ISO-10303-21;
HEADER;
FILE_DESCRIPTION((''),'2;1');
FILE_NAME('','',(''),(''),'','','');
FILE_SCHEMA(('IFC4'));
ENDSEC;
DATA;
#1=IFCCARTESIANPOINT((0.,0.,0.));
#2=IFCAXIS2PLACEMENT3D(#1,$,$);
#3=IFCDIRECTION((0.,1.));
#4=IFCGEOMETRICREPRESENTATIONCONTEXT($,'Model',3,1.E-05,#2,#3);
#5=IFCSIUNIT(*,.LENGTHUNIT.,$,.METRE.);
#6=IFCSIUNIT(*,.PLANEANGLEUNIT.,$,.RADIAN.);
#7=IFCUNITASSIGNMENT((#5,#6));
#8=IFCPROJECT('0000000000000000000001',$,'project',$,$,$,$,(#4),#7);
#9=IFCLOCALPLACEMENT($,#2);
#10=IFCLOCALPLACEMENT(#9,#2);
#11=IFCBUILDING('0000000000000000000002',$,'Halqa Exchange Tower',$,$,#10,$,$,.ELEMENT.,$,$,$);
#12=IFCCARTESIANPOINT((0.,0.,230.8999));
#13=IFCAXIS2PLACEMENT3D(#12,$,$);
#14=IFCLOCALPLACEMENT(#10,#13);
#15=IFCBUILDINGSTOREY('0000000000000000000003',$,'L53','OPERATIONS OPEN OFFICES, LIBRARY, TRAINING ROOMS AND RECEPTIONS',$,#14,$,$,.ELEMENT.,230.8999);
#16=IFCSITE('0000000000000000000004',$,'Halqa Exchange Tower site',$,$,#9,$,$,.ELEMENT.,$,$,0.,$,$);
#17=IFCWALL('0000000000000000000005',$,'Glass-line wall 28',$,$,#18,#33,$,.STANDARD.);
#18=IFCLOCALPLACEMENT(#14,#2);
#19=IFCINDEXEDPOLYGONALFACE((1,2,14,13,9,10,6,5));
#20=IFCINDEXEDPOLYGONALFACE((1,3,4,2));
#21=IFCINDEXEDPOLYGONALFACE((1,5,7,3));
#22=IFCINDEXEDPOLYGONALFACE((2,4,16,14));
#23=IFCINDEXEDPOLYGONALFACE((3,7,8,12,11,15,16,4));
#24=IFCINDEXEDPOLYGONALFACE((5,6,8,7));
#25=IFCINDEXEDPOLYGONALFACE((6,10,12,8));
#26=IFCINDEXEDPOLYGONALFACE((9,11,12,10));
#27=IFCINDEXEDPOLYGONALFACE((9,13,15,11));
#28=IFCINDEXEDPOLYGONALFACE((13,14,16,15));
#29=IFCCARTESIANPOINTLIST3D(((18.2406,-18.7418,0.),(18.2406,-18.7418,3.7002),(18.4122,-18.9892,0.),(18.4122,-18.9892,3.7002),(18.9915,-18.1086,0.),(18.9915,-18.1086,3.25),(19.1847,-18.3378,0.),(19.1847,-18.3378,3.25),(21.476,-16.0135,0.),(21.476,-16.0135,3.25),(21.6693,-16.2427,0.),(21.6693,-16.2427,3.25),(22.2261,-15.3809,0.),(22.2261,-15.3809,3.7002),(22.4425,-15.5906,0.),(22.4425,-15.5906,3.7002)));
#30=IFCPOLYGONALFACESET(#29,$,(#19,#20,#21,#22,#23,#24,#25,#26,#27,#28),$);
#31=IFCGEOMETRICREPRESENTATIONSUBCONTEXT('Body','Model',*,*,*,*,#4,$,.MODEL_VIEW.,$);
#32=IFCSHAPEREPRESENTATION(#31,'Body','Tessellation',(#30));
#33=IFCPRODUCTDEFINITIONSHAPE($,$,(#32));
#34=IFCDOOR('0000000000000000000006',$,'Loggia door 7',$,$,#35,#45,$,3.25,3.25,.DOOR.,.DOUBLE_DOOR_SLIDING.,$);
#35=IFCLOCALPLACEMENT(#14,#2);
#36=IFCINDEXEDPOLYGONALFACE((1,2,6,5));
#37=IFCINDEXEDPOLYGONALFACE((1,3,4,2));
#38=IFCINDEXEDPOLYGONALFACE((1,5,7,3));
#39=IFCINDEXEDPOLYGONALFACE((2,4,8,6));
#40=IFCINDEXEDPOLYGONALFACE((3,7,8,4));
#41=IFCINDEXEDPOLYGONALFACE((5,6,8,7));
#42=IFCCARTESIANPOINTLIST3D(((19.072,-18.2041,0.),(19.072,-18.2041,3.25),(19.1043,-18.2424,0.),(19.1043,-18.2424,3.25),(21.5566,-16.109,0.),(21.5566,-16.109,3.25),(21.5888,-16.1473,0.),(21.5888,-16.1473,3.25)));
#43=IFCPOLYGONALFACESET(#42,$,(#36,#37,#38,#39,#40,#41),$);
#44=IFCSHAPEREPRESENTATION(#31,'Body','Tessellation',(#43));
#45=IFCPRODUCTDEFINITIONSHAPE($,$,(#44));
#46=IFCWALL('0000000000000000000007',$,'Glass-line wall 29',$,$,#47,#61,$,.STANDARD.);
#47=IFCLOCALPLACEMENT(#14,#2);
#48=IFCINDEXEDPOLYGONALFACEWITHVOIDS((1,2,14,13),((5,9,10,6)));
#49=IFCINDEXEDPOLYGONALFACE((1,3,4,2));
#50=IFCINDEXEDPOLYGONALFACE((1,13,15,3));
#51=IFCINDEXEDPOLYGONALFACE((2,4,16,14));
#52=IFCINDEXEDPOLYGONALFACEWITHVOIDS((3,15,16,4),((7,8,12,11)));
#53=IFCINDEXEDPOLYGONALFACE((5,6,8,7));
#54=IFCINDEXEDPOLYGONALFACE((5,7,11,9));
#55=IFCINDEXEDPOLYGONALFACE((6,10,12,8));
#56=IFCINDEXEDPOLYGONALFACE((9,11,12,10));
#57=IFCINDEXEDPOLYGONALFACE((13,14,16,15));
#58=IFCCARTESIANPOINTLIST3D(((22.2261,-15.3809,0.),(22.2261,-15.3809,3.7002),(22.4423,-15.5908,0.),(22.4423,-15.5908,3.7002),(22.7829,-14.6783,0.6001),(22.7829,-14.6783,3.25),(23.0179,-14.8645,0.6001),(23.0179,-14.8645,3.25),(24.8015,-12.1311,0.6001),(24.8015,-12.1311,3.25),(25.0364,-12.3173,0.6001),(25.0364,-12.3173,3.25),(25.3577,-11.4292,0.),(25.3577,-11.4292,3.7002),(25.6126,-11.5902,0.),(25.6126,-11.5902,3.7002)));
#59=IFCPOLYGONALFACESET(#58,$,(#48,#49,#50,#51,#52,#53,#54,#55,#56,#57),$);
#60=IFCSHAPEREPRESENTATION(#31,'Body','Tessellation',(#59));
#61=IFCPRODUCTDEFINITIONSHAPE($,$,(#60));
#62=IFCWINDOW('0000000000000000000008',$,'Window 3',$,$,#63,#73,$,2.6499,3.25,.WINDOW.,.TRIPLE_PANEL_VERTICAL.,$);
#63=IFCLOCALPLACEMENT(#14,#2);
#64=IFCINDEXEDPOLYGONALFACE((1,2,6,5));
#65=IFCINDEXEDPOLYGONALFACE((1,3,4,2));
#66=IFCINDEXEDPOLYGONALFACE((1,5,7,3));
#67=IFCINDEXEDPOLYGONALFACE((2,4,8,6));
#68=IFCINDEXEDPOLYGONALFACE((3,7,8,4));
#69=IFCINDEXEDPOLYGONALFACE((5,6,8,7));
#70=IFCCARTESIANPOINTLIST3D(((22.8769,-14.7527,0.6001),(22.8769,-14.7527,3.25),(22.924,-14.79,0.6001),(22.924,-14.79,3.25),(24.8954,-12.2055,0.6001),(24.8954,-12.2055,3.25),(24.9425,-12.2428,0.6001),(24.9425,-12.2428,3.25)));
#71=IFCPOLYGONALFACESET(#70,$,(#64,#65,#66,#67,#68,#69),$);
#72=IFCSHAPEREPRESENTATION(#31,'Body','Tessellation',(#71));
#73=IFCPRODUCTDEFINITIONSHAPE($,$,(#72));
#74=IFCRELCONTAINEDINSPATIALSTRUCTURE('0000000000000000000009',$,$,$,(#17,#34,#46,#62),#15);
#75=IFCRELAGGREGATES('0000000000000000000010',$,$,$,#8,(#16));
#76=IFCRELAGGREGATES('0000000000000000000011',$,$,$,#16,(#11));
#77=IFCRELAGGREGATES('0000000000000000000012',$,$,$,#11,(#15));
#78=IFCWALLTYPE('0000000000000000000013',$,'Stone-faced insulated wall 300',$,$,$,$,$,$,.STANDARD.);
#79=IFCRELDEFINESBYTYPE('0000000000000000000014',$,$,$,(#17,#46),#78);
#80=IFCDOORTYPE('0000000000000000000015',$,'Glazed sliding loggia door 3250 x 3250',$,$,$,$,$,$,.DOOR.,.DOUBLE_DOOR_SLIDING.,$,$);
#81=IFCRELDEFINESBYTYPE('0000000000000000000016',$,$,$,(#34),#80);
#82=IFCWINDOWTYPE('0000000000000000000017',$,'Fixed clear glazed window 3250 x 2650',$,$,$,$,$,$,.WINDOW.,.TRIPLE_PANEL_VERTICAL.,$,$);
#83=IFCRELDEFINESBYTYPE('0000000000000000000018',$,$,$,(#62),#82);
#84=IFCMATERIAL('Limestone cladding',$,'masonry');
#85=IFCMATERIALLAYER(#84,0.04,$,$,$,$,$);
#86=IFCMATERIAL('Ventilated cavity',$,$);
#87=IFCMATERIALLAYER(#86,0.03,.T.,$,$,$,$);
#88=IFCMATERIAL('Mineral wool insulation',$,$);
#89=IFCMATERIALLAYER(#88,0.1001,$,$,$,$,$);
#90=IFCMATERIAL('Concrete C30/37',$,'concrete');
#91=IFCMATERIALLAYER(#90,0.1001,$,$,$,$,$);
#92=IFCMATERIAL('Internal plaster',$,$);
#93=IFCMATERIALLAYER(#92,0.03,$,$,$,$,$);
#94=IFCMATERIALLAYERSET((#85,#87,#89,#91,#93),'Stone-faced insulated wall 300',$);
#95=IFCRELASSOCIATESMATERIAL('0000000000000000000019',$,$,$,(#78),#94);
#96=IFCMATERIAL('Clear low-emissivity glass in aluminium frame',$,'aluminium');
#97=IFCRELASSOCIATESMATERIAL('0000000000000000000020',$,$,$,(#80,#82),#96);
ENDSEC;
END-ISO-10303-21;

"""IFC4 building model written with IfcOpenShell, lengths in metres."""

from ifc_helpers import new_model, si_unit, direction, frame, frame_2d, origin, place, context, subcontext, project, spatial, polyline, rectangle, outline, extrude, material, layer, layer_set, type_object, element, fill, save


model = new_model("IFC4")

# Units and contexts
model_context = context("Model", 3, precision=1e-05, world=origin(), true_north=direction((0.0, 1.0)))
body_context = subcontext(model_context, "Body", "Model", "MODEL_VIEW")
ifc_project = project(units=[si_unit("LENGTHUNIT", "METRE"), si_unit("PLANEANGLEUNIT", "RADIAN")], contexts=[model_context])

# Site, building, storey
site_placement = place(None, origin())
site = spatial("IfcSite", under=ifc_project, at=site_placement, Name="Halqa Exchange Tower site", CompositionType="ELEMENT", RefElevation=0.0)
building_placement = place(site_placement, origin())
building = spatial("IfcBuilding", under=site, at=building_placement, Name="Halqa Exchange Tower", CompositionType="ELEMENT")
storey_placement = place(building_placement, frame((0.0, 0.0, 230.8999)))
storey = spatial("IfcBuildingStorey", under=building, at=storey_placement, Name="L53", Description="OPERATIONS OPEN OFFICES, LIBRARY, TRAINING ROOMS AND RECEPTIONS", CompositionType="ELEMENT", Elevation=230.8999)

# Wall, opening, door
ifc_material_1 = material(Name="Limestone cladding", Category="masonry")
ifc_layer_1 = layer(ifc_material_1, 0.04)
ifc_material_2 = material(Name="Ventilated cavity")
ifc_layer_2 = layer(ifc_material_2, 0.03, ventilated=True)
ifc_material_3 = material(Name="Mineral wool insulation")
ifc_layer_3 = layer(ifc_material_3, 0.1001)
ifc_material_4 = material(Name="Concrete C30/37", Category="concrete")
ifc_layer_4 = layer(ifc_material_4, 0.1001)
ifc_material_5 = material(Name="Internal plaster")
ifc_layer_5 = layer(ifc_material_5, 0.03)
ifc_layer_set_1 = layer_set([ifc_layer_1, ifc_layer_2, ifc_layer_3, ifc_layer_4, ifc_layer_5], Name="Stone-faced insulated wall 300")
wall_type_1 = type_object("IfcWallType", Name="Stone-faced insulated wall 300", PredefinedType="STANDARD", material=ifc_layer_set_1)
wall_1_placement = place(storey_placement, frame((18.3264, -18.8655, 0.0), z_axis=(0.0, 0.0, 1.0), x_axis=(0.764475, 0.644653, 0.0)))
wall_1 = element("IfcWall", 1, at=wall_1_placement, inside=storey, type_object=wall_type_1, Name="Glass-line wall 28", PredefinedType="STANDARD", context=body_context, shape_type="SweptSolid", body=[
    extrude(outline(polyline([(-0.0142, -0.1499), (5.2578, -0.1499), (5.2275, 0.1499), (0.0142, 0.1499), (-0.0142, -0.1499)])), origin(), (0.0, 0.0, 1.0), 3.7002),
])
opening_1_placement = place(wall_1_placement, frame((0.9963, 0.0, 0.0)))
opening_1 = element("IfcOpeningElement", 2, at=opening_1_placement, cuts=wall_1, PredefinedType="OPENING", context=body_context, shape_type="SweptSolid", body=[
    extrude(rectangle(XDim=3.25, YDim=3.25, at=frame_2d((1.625, 1.625))), frame((0.0, 0.1621, 0.0), z_axis=(0.0, -1.0, 0.0), x_axis=(1.0, 0.0, 0.0)), (0.0, 0.0, 1.0), 0.324),
])
ifc_material_6 = material(Name="Clear low-emissivity glass in aluminium frame", Category="aluminium")
door_type_1 = type_object("IfcDoorType", Name="Glazed sliding loggia door 3250 x 3250", OperationType="DOUBLE_DOOR_SLIDING", PredefinedType="DOOR", material=ifc_material_6)
door_1_placement = place(opening_1_placement, origin())
door_1 = element("IfcDoor", 3, at=door_1_placement, inside=storey, type_object=door_type_1, Name="Loggia door 7", OperationType="DOUBLE_DOOR_SLIDING", OverallHeight=3.25, OverallWidth=3.25, PredefinedType="DOOR", context=body_context, shape_type="SweptSolid", body=[
    extrude(rectangle(XDim=3.25, YDim=3.25, at=frame_2d((1.625, 1.625))), frame((0.0, 0.0249, 0.0), z_axis=(0.0, -1.0, 0.0), x_axis=(1.0, 0.0, 0.0)), (0.0, 0.0, 1.0), 0.05),
])
fill(opening_1, door_1)

# Wall, opening, window
wall_2_placement = place(storey_placement, frame((22.3342, -15.4858, 0.0), z_axis=(0.0, 0.0, 1.0), x_axis=(0.621085, 0.783743, 0.0)))
wall_2 = element("IfcWall", 4, at=wall_2_placement, inside=storey, type_object=wall_type_1, Name="Glass-line wall 29", PredefinedType="STANDARD", context=body_context, shape_type="SweptSolid", body=[
    extrude(outline(polyline([(-0.0151, -0.1499), (5.0894, -0.1499), (5.0571, 0.1499), (0.0151, 0.1499), (-0.0151, -0.1499)])), origin(), (0.0, 0.0, 1.0), 3.7002),
])
opening_2_placement = place(wall_2_placement, frame((0.9116, 0.0, 0.6001)))
opening_2 = element("IfcOpeningElement", 5, at=opening_2_placement, cuts=wall_2, PredefinedType="OPENING", context=body_context, shape_type="SweptSolid", body=[
    extrude(rectangle(XDim=3.25, YDim=2.6499, at=frame_2d((1.625, 1.325))), frame((0.0, 0.1621, 0.0), z_axis=(0.0, -1.0, 0.0), x_axis=(1.0, 0.0, 0.0)), (0.0, 0.0, 1.0), 0.324),
])
window_type = type_object("IfcWindowType", Name="Fixed clear glazed window 3250 x 2650", PartitioningType="TRIPLE_PANEL_VERTICAL", PredefinedType="WINDOW", material=ifc_material_6)
window_placement = place(opening_2_placement, origin())
window = element("IfcWindow", 6, at=window_placement, inside=storey, type_object=window_type, Name="Window 3", OverallHeight=2.6499, OverallWidth=3.25, PartitioningType="TRIPLE_PANEL_VERTICAL", PredefinedType="WINDOW", context=body_context, shape_type="SweptSolid", body=[
    extrude(rectangle(XDim=3.25, YDim=2.6499, at=frame_2d((1.625, 1.325))), frame((0.0, 0.03, 0.0), z_axis=(0.0, -1.0, 0.0), x_axis=(1.0, 0.0, 0.0)), (0.0, 0.0, 1.0), 0.0601),
])
fill(opening_2, window)

save(model, "model.ifc")
